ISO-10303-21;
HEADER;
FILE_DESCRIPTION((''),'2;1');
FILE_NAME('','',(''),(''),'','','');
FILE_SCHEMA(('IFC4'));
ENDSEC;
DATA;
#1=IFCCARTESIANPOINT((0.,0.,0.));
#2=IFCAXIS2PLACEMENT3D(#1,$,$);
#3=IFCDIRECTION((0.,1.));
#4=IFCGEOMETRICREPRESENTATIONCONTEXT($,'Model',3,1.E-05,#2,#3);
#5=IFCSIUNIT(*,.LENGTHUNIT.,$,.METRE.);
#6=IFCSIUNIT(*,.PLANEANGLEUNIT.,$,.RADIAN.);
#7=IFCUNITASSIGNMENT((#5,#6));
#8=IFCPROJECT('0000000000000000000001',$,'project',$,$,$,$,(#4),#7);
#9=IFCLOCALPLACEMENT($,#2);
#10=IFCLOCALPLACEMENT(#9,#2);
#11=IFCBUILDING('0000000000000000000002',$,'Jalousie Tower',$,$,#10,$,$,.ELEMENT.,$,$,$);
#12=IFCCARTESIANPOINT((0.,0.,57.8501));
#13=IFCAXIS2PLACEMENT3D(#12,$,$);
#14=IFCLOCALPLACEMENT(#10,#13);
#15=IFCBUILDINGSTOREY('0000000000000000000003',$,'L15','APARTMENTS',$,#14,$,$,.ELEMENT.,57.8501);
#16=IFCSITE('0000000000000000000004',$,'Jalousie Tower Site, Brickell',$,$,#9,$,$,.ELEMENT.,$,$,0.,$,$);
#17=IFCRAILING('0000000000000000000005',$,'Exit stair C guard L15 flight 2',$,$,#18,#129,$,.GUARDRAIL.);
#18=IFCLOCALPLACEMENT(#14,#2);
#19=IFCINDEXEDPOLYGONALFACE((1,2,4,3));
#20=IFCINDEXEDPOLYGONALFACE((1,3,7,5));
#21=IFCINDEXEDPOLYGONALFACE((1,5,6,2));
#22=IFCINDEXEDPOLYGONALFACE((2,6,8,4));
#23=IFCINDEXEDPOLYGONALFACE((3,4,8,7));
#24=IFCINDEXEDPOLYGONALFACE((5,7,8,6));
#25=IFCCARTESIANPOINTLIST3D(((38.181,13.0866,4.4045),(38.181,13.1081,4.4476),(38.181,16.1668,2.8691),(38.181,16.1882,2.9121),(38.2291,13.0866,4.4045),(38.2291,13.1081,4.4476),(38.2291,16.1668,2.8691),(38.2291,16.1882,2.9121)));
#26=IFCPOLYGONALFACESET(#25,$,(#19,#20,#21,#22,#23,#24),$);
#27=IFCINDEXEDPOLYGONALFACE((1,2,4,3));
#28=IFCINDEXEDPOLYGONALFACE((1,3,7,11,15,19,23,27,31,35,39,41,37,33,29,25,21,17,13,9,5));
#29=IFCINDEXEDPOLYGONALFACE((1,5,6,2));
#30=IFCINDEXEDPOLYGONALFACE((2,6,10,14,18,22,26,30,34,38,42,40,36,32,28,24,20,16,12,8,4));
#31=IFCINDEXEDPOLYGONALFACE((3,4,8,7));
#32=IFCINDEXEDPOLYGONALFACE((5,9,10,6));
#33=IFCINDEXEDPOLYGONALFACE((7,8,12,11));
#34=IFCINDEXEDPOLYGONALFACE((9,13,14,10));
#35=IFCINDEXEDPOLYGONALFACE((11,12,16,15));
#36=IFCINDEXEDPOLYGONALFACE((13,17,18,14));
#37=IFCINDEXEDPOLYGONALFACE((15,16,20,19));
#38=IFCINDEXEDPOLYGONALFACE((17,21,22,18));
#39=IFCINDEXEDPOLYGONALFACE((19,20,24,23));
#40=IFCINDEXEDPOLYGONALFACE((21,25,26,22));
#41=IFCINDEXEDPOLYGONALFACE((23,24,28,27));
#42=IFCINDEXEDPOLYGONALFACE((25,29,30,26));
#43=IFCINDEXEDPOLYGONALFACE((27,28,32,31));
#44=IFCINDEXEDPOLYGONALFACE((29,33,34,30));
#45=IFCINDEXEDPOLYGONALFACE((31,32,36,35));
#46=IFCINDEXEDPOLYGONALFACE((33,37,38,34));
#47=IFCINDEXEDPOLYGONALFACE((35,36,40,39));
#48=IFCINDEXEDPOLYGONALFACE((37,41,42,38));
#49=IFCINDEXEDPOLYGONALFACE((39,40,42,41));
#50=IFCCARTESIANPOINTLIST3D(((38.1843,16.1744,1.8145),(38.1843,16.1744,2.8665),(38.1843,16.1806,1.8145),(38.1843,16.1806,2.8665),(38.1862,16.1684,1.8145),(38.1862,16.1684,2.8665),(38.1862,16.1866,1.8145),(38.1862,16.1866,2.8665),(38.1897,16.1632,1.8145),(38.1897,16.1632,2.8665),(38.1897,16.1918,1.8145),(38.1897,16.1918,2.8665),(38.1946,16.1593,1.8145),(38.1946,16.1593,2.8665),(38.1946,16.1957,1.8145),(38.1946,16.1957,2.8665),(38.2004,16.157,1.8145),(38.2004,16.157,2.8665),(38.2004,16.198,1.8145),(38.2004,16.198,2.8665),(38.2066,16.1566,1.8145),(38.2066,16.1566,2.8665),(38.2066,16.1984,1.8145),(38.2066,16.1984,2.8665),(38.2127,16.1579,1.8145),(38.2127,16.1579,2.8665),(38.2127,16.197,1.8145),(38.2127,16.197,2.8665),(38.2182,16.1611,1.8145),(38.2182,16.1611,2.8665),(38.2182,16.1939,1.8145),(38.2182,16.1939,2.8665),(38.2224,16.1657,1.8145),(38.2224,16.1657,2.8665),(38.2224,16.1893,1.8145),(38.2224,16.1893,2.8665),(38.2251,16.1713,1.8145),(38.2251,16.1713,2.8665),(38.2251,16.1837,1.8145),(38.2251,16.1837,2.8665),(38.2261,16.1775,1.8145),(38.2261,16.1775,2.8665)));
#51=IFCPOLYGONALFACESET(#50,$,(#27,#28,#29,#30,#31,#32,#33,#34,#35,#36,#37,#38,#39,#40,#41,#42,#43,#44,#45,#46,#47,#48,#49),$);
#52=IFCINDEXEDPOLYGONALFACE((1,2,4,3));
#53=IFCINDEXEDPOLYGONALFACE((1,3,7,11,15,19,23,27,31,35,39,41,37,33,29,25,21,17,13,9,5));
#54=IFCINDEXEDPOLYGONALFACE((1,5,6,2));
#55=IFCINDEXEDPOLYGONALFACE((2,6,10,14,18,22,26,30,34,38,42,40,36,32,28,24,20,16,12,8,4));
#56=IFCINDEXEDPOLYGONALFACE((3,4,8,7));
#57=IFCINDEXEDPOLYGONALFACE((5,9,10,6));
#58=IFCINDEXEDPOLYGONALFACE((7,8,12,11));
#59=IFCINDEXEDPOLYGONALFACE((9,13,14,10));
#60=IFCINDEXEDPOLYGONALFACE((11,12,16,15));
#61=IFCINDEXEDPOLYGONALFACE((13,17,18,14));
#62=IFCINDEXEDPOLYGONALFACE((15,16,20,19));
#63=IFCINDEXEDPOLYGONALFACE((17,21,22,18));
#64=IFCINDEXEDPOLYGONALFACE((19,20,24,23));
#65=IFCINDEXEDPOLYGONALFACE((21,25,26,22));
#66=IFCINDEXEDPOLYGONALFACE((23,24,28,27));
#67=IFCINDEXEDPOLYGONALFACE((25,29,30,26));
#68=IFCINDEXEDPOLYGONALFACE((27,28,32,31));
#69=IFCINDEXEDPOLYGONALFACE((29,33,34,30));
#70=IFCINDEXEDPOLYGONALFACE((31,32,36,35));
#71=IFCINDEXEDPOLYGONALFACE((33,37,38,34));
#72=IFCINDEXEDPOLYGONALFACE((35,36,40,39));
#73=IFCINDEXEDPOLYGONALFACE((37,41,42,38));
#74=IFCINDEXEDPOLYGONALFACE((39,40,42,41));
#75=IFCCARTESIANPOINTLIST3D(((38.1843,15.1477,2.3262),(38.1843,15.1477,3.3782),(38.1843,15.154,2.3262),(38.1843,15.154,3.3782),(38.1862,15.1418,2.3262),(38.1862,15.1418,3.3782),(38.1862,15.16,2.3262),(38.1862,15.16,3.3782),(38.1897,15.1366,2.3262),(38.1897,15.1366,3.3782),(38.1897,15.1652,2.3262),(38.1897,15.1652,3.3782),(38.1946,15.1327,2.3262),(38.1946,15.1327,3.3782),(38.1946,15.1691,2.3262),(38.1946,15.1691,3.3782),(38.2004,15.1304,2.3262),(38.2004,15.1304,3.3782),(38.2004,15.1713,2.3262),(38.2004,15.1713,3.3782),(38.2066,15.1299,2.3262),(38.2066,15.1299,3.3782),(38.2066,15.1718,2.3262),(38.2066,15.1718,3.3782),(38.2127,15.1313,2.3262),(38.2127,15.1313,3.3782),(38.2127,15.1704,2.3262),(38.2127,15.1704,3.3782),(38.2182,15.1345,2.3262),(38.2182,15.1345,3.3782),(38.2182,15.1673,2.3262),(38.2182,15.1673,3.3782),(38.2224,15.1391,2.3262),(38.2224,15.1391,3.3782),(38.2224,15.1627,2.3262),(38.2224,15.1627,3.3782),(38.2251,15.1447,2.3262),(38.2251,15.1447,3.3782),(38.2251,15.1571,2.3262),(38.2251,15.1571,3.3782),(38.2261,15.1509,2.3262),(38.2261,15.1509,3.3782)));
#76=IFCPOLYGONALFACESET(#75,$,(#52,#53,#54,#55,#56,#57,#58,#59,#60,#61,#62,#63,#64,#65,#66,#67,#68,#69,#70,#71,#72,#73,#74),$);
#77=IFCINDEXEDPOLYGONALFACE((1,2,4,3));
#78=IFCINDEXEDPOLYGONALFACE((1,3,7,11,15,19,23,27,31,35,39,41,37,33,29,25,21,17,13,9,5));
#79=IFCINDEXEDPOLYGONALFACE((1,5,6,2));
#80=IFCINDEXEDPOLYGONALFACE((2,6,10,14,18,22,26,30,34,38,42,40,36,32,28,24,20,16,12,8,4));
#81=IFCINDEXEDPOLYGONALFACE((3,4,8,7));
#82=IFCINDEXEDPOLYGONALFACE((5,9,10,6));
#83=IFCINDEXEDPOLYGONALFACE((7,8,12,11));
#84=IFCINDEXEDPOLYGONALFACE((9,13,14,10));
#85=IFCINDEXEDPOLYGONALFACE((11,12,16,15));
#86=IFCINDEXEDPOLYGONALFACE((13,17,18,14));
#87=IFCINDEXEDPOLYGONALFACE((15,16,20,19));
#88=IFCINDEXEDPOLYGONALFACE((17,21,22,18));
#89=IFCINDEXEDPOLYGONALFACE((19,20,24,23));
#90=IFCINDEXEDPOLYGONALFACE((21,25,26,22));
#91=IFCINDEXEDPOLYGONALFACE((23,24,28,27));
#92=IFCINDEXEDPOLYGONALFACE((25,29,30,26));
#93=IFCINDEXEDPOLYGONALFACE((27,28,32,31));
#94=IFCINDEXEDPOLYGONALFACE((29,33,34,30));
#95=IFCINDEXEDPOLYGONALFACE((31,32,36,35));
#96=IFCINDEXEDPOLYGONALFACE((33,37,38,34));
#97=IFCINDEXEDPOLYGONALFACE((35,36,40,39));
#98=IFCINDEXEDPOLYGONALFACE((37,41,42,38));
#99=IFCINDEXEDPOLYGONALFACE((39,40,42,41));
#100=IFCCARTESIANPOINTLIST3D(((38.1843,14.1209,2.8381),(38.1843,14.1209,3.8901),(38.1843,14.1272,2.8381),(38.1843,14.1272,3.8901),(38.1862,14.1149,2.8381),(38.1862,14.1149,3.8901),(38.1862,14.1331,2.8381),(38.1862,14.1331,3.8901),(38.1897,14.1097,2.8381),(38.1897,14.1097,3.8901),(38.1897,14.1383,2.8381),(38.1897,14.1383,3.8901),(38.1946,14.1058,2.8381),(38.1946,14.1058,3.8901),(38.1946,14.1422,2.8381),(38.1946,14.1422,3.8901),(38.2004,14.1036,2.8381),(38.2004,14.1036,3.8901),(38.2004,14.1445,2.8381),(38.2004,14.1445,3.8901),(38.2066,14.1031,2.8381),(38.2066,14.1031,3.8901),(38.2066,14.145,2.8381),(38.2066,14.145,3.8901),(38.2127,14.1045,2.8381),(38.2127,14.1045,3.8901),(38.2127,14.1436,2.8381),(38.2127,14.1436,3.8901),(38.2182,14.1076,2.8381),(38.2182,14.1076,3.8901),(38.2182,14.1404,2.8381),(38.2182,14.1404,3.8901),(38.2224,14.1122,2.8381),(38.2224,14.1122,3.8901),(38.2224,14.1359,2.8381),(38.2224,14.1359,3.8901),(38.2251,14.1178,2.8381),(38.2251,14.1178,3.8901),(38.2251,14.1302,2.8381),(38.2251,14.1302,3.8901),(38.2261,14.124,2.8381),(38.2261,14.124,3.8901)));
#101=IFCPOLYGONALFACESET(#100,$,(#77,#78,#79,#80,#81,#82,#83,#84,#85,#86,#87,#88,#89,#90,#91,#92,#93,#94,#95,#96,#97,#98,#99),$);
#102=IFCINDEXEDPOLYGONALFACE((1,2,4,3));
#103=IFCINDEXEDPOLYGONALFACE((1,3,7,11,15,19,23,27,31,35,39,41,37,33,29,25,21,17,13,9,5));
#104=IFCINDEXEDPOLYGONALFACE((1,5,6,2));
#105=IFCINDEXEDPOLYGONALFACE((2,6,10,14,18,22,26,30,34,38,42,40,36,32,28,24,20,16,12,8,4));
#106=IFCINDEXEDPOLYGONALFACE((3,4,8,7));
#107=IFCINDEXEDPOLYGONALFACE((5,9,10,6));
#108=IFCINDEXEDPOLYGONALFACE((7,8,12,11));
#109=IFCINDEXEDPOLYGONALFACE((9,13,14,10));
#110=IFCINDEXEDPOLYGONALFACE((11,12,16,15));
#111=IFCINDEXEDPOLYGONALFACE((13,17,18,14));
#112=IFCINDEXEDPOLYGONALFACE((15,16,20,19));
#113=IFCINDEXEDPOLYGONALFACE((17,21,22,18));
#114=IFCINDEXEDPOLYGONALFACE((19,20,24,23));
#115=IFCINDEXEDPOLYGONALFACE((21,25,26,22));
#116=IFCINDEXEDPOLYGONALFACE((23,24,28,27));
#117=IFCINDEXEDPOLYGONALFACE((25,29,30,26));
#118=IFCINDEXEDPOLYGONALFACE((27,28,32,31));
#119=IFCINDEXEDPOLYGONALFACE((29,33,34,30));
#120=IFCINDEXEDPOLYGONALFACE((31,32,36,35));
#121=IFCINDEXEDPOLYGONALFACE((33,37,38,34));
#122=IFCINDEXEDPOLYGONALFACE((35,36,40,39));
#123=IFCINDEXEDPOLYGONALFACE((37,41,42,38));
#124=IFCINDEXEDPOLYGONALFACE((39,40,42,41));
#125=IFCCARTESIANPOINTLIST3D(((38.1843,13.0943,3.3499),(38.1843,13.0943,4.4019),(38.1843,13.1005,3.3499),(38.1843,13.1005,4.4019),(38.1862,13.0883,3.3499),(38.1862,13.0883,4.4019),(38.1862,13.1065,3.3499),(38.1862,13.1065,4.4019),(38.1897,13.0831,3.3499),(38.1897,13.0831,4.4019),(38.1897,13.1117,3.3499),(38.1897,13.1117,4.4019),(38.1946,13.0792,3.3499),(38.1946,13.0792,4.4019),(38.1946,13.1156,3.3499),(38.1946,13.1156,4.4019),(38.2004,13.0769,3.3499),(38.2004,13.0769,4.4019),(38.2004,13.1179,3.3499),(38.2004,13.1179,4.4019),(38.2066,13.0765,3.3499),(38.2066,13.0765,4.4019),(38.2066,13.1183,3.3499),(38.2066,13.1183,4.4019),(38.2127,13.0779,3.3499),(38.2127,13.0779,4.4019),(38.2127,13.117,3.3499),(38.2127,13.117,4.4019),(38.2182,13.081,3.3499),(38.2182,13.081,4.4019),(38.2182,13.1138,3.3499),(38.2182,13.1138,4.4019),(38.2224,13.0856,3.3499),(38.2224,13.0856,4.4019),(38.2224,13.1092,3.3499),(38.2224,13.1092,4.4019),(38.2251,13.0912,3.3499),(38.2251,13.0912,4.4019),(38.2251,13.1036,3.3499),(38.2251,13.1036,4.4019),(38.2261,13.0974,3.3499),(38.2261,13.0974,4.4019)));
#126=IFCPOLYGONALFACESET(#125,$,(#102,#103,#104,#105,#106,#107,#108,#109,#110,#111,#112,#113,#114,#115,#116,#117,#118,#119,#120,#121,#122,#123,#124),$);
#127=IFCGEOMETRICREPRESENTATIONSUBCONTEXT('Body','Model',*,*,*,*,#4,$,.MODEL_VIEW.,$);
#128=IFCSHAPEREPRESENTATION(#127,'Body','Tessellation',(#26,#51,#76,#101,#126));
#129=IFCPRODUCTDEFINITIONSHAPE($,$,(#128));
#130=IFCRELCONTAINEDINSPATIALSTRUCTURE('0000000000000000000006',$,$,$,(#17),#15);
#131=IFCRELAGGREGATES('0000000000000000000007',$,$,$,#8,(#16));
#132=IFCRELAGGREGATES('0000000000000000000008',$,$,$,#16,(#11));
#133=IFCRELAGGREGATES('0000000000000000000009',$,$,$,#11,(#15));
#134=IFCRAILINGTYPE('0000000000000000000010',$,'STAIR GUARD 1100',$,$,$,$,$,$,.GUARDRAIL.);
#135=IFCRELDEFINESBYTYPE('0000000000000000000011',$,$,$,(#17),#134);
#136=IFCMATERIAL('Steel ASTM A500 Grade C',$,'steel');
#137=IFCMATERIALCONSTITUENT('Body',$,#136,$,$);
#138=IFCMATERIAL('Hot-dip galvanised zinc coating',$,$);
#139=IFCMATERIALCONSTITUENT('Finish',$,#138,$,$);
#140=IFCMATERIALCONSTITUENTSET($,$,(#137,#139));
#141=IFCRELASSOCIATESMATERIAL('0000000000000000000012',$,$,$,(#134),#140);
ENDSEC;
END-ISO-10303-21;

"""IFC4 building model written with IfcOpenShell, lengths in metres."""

from ifc_helpers import new_model, si_unit, direction, frame, origin, origin_2d, place, context, subcontext, project, spatial, rectangle, circle, extrude, material, constituent, constituent_set, type_object, element, save


model = new_model("IFC4")

# Units and contexts
model_context = context("Model", 3, precision=1e-05, world=origin(), true_north=direction((0.0, 1.0)))
body_context = subcontext(model_context, "Body", "Model", "MODEL_VIEW")
ifc_project = project(units=[si_unit("LENGTHUNIT", "METRE"), si_unit("PLANEANGLEUNIT", "RADIAN")], contexts=[model_context])

# Site, building, storey
site_placement = place(None, origin())
site = spatial("IfcSite", under=ifc_project, at=site_placement, Name="Jalousie Tower Site, Brickell", CompositionType="ELEMENT", RefElevation=0.0)
building_placement = place(site_placement, origin())
building = spatial("IfcBuilding", under=site, at=building_placement, Name="Jalousie Tower", CompositionType="ELEMENT")
storey_placement = place(building_placement, frame((0.0, 0.0, 57.8501)))
storey = spatial("IfcBuildingStorey", under=building, at=storey_placement, Name="L15", Description="APARTMENTS", CompositionType="ELEMENT", Elevation=57.8501)

# Railing
ifc_material_1 = material(Name="Steel ASTM A500 Grade C", Category="steel")
ifc_constituent_1 = constituent(ifc_material_1, Name="Body")
ifc_material_2 = material(Name="Hot-dip galvanised zinc coating")
ifc_constituent_2 = constituent(ifc_material_2, Name="Finish")
ifc_constituent_set_1 = constituent_set(constituents=[ifc_constituent_1, ifc_constituent_2])
railing_type_1 = type_object("IfcRailingType", Name="STAIR GUARD 1100", PredefinedType="GUARDRAIL", material=ifc_constituent_set_1)
railing_1_placement = place(storey_placement, frame((38.2051, 16.1775, 1.8145)))
element("IfcRailing", 1, at=railing_1_placement, inside=storey, type_object=railing_type_1, Name="Exit stair C guard L15 flight 2", PredefinedType="GUARDRAIL", context=body_context, shape_type="SweptSolid", body=[
    extrude(rectangle(XDim=0.0481, YDim=0.0481, at=origin_2d()), frame((0.0, 0.0, 1.0762), z_axis=(0.0, -0.894966, 0.446135), x_axis=(1.0, 0.0, 0.0)), (0.0, 0.0, 1.0), 3.4417),
    extrude(circle(Radius=0.021, at=origin_2d()), origin(), (0.0, 0.0, 1.0), 1.052),
    extrude(circle(Radius=0.021, at=origin_2d()), frame((0.0, -1.0266, 0.5117)), (0.0, 0.0, 1.0), 1.052),
    extrude(circle(Radius=0.021, at=origin_2d()), frame((0.0, -2.0535, 1.0237)), (0.0, 0.0, 1.0), 1.052),
    extrude(circle(Radius=0.021, at=origin_2d()), frame((0.0, -3.0801, 1.5354)), (0.0, 0.0, 1.0), 1.052),
])

save(model, "model.ifc")
